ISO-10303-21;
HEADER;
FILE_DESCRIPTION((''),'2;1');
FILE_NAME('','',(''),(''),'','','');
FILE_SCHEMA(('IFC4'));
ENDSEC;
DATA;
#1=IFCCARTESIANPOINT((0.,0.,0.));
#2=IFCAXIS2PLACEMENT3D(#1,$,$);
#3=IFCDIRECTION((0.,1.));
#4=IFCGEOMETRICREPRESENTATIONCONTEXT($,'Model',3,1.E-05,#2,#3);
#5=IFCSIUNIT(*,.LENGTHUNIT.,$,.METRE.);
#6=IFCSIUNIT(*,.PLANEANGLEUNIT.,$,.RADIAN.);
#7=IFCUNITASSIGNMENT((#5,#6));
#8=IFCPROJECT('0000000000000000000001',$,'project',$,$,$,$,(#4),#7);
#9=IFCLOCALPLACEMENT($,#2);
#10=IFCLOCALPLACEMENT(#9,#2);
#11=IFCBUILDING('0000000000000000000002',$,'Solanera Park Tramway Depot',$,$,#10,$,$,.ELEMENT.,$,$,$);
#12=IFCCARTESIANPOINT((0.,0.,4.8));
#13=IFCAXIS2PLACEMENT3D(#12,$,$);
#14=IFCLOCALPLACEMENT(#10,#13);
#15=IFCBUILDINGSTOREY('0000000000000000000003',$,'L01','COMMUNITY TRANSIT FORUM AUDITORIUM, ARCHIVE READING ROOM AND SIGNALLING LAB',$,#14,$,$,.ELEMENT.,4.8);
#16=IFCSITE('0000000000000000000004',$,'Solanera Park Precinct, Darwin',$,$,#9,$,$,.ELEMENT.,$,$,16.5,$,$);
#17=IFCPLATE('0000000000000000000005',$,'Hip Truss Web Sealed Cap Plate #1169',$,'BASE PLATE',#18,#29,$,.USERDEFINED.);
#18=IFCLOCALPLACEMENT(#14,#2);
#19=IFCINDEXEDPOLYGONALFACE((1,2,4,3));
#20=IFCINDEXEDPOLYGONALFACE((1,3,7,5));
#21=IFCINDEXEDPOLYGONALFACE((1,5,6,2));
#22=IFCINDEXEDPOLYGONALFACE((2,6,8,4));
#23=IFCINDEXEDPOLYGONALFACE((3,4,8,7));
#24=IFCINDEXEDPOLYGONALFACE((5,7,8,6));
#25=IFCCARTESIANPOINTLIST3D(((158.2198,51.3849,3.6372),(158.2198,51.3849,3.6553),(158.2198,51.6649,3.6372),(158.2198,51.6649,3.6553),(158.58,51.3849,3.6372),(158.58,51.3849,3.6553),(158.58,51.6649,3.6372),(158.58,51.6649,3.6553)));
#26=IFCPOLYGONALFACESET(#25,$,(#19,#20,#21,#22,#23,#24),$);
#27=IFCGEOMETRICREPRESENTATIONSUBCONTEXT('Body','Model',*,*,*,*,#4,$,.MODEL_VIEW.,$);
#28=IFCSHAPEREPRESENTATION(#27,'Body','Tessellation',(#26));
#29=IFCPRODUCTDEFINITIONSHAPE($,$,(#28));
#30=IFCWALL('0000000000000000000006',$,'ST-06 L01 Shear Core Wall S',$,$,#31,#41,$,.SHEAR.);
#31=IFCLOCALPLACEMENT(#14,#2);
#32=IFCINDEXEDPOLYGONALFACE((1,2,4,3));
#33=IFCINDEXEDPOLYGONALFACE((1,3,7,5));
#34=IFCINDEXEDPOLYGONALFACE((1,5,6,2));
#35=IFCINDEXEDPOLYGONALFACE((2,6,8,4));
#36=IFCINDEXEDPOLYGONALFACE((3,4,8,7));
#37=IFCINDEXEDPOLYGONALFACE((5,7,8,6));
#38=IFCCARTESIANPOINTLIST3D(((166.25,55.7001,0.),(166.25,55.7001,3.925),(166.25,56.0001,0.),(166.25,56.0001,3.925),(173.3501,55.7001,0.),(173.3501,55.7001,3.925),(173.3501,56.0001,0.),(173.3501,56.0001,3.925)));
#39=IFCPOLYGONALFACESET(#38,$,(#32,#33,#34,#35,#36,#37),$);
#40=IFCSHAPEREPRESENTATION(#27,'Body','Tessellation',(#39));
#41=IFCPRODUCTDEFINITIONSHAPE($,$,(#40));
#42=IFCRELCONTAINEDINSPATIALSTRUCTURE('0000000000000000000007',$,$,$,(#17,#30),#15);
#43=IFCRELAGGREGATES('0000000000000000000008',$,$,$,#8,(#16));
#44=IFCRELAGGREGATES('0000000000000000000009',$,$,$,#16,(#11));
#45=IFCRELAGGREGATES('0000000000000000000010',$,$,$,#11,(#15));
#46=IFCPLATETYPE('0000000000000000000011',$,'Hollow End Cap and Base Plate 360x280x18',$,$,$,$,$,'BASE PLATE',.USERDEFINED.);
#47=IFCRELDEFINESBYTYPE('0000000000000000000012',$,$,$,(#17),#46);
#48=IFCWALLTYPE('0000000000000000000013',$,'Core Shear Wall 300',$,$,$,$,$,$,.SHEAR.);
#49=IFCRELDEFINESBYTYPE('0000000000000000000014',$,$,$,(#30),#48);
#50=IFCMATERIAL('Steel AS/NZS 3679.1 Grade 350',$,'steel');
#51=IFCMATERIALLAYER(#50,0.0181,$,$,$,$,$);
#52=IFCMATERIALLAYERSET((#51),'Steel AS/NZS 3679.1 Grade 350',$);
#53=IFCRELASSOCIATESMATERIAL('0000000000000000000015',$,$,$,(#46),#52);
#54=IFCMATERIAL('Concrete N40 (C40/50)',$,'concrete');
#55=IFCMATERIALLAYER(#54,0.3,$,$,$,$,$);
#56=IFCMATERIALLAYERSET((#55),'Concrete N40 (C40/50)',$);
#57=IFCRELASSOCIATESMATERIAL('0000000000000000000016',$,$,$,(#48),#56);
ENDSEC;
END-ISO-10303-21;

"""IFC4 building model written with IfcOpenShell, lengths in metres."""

from ifc_helpers import new_model, si_unit, direction, frame, frame_2d, origin, origin_2d, place, context, subcontext, project, spatial, rectangle, extrude, material, layer, layer_set, type_object, element, save


model = new_model("IFC4")

# Units and contexts
model_context = context("Model", 3, precision=1e-05, world=origin(), true_north=direction((0.0, 1.0)))
body_context = subcontext(model_context, "Body", "Model", "MODEL_VIEW")
ifc_project = project(units=[si_unit("LENGTHUNIT", "METRE"), si_unit("PLANEANGLEUNIT", "RADIAN")], contexts=[model_context])

# Site, building, storey
site_placement = place(None, origin())
site = spatial("IfcSite", under=ifc_project, at=site_placement, Name="Solanera Park Precinct, Darwin", CompositionType="ELEMENT", RefElevation=16.5)
building_placement = place(site_placement, origin())
building = spatial("IfcBuilding", under=site, at=building_placement, Name="Solanera Park Tramway Depot", CompositionType="ELEMENT")
storey_placement = place(building_placement, frame((0.0, 0.0, 4.8)))
storey = spatial("IfcBuildingStorey", under=building, at=storey_placement, Name="L01", Description="COMMUNITY TRANSIT FORUM AUDITORIUM, ARCHIVE READING ROOM AND SIGNALLING LAB", CompositionType="ELEMENT", Elevation=4.8)

# Plate
ifc_material_1 = material(Name="Steel AS/NZS 3679.1 Grade 350", Category="steel")
ifc_layer_1 = layer(ifc_material_1, 0.0181)
ifc_layer_set_1 = layer_set([ifc_layer_1], Name="Steel AS/NZS 3679.1 Grade 350")
plate_type = type_object("IfcPlateType", Name="Hollow End Cap and Base Plate 360x280x18", ElementType="BASE PLATE", PredefinedType="USERDEFINED", material=ifc_layer_set_1)
for number, where, z_axis, x_axis, name in (
    (1, (158.3999, 51.5249, 3.6372), (0.0, 0.0, 1.0), (1.0, 0.0, 0.0), "Hip Truss Web Sealed Cap Plate #1169"),
):
    element("IfcPlate", number, at=place(storey_placement, frame(where, z_axis=z_axis, x_axis=x_axis)), inside=storey, type_object=plate_type, Name=name, ObjectType="BASE PLATE", PredefinedType="USERDEFINED", context=body_context, shape_type="SweptSolid", body=[
        extrude(rectangle(XDim=0.3601, YDim=0.28, at=origin_2d()), origin(), (0.0, 0.0, 1.0), 0.0181),
    ])

# Shared definitions
ifc_material_2 = material(Name="Concrete N40 (C40/50)", Category="concrete")
ifc_layer_2 = layer(ifc_material_2, 0.3)
ifc_layer_set_2 = layer_set([ifc_layer_2], Name="Concrete N40 (C40/50)")
wall_type_1 = type_object("IfcWallType", Name="Core Shear Wall 300", PredefinedType="SHEAR", material=ifc_layer_set_2)

# Wall
wall_1_placement = place(storey_placement, frame((166.25, 55.8501, 0.0), z_axis=(0.0, 0.0, 1.0), x_axis=(1.0, 0.0, 0.0)))
element("IfcWall", 2, at=wall_1_placement, inside=storey, type_object=wall_type_1, Name="ST-06 L01 Shear Core Wall S", PredefinedType="SHEAR", context=body_context, shape_type="SweptSolid", body=[
    extrude(rectangle(XDim=7.1001, YDim=0.3, at=frame_2d((3.55, 0.0))), origin(), (0.0, 0.0, 1.0), 3.925),
])

save(model, "model.ifc")
